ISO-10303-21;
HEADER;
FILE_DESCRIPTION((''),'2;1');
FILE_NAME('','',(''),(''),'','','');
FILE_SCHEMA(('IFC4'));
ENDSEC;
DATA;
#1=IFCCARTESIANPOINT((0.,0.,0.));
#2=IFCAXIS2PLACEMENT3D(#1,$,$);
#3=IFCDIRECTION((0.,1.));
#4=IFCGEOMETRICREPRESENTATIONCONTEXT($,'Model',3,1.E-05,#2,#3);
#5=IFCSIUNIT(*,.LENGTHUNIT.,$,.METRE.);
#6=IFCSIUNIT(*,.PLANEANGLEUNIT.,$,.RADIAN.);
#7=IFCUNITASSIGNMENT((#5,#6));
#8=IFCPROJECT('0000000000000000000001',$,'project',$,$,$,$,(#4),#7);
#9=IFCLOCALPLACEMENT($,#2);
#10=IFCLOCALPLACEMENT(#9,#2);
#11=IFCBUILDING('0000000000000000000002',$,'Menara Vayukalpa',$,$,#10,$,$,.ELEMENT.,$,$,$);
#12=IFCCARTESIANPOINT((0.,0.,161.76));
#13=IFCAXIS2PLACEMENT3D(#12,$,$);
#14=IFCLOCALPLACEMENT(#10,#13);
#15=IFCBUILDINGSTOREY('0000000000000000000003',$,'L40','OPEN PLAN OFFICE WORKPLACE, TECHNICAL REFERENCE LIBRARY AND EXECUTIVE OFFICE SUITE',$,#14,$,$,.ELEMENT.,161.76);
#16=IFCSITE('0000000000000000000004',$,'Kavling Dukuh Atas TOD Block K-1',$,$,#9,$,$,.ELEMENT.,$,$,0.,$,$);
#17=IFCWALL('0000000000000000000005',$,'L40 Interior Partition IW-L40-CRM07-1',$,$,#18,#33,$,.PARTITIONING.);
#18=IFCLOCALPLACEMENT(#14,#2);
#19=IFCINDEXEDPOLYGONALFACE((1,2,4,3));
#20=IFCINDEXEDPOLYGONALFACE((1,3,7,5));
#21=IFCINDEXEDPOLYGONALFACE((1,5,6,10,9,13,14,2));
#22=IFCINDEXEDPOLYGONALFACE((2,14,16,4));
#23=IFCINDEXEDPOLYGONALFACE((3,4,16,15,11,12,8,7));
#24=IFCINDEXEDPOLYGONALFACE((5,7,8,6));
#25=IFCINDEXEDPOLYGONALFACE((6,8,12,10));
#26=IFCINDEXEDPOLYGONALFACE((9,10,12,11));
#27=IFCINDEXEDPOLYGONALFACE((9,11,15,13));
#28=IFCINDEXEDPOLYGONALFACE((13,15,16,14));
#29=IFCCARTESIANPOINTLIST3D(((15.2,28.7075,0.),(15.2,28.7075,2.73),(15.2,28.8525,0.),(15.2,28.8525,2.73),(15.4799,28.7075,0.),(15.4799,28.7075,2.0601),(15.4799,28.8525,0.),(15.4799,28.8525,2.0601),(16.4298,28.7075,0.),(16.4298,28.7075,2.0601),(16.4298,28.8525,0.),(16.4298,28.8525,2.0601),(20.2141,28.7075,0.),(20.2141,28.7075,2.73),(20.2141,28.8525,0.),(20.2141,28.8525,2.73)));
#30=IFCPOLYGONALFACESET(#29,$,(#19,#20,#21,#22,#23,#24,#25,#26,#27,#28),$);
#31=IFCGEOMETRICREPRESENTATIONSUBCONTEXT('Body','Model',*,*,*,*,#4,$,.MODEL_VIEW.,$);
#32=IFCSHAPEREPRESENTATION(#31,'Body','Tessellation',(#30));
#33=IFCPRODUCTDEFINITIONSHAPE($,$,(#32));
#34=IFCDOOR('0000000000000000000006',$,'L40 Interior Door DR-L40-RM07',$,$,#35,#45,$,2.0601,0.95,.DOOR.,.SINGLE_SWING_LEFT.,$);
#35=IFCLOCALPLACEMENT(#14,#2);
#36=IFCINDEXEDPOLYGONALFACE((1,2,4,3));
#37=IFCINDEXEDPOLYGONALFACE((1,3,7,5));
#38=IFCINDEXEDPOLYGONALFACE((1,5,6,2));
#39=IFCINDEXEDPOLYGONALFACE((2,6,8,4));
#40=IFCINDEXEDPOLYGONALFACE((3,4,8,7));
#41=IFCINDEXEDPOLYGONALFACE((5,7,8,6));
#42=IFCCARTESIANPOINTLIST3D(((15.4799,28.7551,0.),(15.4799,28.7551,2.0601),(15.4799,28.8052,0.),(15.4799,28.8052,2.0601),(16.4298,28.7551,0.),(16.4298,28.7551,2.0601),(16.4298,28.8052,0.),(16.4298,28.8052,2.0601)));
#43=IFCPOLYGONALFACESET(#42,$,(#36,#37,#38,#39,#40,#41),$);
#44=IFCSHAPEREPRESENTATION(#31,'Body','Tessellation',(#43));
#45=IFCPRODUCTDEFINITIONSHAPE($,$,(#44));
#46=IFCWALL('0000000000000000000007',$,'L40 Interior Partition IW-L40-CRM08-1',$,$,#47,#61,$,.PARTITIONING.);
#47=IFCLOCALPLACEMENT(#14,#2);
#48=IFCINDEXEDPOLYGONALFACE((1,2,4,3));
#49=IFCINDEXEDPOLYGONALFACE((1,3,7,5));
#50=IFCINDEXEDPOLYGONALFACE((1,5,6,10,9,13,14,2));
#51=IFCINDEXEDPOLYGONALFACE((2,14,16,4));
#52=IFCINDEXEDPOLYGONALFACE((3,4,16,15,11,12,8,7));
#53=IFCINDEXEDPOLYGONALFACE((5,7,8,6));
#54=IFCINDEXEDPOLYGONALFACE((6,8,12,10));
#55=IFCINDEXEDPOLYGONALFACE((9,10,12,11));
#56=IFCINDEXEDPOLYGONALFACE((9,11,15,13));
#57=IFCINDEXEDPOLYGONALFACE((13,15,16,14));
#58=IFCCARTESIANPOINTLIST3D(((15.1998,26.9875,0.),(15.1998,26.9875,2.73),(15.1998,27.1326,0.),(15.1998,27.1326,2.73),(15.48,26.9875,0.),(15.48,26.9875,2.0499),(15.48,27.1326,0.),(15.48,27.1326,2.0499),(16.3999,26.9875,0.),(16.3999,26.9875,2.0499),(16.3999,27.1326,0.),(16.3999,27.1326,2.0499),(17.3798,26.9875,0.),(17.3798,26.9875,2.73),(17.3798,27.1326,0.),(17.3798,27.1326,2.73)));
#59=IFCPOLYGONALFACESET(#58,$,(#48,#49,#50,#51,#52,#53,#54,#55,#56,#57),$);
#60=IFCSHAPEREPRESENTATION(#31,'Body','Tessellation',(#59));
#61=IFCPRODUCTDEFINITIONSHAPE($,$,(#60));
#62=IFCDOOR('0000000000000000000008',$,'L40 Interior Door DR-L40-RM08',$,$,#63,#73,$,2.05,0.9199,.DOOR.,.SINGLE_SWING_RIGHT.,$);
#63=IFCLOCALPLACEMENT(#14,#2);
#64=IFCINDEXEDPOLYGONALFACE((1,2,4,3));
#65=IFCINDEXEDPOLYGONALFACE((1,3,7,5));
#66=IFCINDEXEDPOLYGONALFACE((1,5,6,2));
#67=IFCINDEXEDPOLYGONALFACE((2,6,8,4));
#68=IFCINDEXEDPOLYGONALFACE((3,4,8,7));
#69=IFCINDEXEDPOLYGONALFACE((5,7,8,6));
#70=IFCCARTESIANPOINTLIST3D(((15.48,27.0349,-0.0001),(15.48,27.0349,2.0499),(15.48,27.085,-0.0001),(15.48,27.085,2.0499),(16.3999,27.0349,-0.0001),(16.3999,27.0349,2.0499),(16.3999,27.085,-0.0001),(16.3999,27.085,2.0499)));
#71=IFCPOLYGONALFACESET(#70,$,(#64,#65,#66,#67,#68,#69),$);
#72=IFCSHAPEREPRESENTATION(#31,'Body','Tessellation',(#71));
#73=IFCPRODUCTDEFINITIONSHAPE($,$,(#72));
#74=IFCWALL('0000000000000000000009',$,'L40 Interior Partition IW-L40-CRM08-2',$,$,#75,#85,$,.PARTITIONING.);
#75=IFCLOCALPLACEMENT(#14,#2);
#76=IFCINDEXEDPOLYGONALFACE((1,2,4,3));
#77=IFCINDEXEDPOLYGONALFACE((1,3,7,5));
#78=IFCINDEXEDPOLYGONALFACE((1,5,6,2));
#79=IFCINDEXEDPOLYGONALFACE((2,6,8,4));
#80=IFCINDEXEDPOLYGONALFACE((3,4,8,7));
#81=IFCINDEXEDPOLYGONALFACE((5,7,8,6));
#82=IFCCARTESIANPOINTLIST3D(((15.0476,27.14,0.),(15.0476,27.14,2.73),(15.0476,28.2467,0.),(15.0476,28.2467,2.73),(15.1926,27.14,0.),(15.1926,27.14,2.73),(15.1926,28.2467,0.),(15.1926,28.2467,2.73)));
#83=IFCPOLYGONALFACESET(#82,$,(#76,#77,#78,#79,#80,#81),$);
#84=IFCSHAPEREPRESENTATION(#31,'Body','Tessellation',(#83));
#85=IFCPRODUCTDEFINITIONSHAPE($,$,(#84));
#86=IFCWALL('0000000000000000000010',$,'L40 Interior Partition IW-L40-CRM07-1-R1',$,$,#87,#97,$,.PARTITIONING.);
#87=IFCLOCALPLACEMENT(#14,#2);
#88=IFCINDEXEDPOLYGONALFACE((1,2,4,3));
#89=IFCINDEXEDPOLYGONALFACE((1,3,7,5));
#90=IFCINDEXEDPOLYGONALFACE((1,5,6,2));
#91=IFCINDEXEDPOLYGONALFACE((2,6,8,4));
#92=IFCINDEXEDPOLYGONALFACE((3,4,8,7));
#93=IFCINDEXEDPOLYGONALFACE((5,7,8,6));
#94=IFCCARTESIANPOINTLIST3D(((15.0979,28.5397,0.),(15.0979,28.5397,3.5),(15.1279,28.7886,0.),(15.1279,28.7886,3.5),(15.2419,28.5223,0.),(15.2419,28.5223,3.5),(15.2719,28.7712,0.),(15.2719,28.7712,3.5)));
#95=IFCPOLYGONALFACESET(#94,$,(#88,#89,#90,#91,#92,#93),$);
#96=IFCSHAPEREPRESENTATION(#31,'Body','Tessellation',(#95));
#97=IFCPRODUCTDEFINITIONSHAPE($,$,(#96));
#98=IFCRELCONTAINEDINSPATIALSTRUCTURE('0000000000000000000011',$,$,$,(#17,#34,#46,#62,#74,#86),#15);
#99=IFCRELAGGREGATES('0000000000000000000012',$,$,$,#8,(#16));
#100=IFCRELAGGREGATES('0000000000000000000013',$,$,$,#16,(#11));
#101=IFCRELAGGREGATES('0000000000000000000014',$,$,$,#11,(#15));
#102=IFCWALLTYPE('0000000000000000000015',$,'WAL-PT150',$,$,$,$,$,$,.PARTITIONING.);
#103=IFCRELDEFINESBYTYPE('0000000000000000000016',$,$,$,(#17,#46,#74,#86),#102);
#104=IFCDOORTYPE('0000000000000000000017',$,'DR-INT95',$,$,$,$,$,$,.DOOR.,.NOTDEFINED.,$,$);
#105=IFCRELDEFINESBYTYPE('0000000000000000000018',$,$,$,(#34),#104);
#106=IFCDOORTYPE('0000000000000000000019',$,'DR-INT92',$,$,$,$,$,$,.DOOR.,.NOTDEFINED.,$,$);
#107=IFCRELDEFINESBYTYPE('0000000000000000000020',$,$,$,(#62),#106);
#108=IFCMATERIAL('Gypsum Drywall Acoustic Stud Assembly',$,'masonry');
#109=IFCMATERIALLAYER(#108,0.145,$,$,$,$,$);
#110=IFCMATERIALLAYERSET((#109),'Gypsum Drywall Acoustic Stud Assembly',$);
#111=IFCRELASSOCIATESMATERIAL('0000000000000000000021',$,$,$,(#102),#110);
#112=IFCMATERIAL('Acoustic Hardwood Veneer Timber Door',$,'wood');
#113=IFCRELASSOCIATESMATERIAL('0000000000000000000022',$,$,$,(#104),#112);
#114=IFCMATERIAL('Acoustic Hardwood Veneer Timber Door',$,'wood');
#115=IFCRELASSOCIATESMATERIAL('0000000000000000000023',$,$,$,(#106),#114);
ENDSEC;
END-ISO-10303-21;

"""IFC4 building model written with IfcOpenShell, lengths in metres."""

from ifc_helpers import new_model, si_unit, direction, frame, frame_2d, origin, place, context, subcontext, project, spatial, rectangle, extrude, material, layer, layer_set, type_object, element, fill, save


model = new_model("IFC4")

# Units and contexts
model_context = context("Model", 3, precision=1e-05, world=origin(), true_north=direction((0.0, 1.0)))
body_context = subcontext(model_context, "Body", "Model", "MODEL_VIEW")
ifc_project = project(units=[si_unit("LENGTHUNIT", "METRE"), si_unit("PLANEANGLEUNIT", "RADIAN")], contexts=[model_context])

# Site, building, storey
site_placement = place(None, origin())
site = spatial("IfcSite", under=ifc_project, at=site_placement, Name="Kavling Dukuh Atas TOD Block K-1", CompositionType="ELEMENT", RefElevation=0.0)
building_placement = place(site_placement, origin())
building = spatial("IfcBuilding", under=site, at=building_placement, Name="Menara Vayukalpa", CompositionType="ELEMENT")
storey_placement = place(building_placement, frame((0.0, 0.0, 161.76)))
storey = spatial("IfcBuildingStorey", under=building, at=storey_placement, Name="L40", Description="OPEN PLAN OFFICE WORKPLACE, TECHNICAL REFERENCE LIBRARY AND EXECUTIVE OFFICE SUITE", CompositionType="ELEMENT", Elevation=161.76)

# Walls, openings, doors
ifc_material_1 = material(Name="Gypsum Drywall Acoustic Stud Assembly", Category="masonry")
ifc_layer_1 = layer(ifc_material_1, 0.145)
ifc_layer_set_1 = layer_set([ifc_layer_1], Name="Gypsum Drywall Acoustic Stud Assembly")
wall_type_1 = type_object("IfcWallType", Name="WAL-PT150", PredefinedType="PARTITIONING", material=ifc_layer_set_1)
wall_1_placement = place(storey_placement, frame((20.2141, 28.78, 0.0), z_axis=(0.0, 0.0, 1.0), x_axis=(-1.0, 0.0, 0.0)))
wall_1 = element("IfcWall", 1, at=wall_1_placement, inside=storey, type_object=wall_type_1, Name="L40 Interior Partition IW-L40-CRM07-1", PredefinedType="PARTITIONING", context=body_context, shape_type="SweptSolid", body=[
    extrude(rectangle(XDim=5.0142, YDim=0.145, at=frame_2d((2.5071, 0.0))), origin(), (0.0, 0.0, 1.0), 2.73),
])
opening_1_placement = place(wall_1_placement, frame((3.7842, 0.0, 0.0)))
opening_1 = element("IfcOpeningElement", 2, at=opening_1_placement, cuts=wall_1, PredefinedType="OPENING", context=body_context, shape_type="SweptSolid", body=[
    extrude(rectangle(XDim=0.95, YDim=2.0601, at=frame_2d((0.4751, 1.03))), frame((0.0, 0.0825, 0.0), z_axis=(0.0, -1.0, 0.0), x_axis=(1.0, 0.0, 0.0)), (0.0, 0.0, 1.0), 0.165),
])
ifc_material_2 = material(Name="Acoustic Hardwood Veneer Timber Door", Category="wood")
door_type_1 = type_object("IfcDoorType", Name="DR-INT95", OperationType="NOTDEFINED", PredefinedType="DOOR", material=ifc_material_2)
door_1_placement = place(opening_1_placement, origin())
door_1 = element("IfcDoor", 3, at=door_1_placement, inside=storey, type_object=door_type_1, Name="L40 Interior Door DR-L40-RM07", OperationType="SINGLE_SWING_LEFT", OverallHeight=2.0601, OverallWidth=0.95, PredefinedType="DOOR", context=body_context, shape_type="SweptSolid", body=[
    extrude(rectangle(XDim=0.95, YDim=2.0601, at=frame_2d((0.4751, 1.03))), frame((0.0, 0.0249, 0.0), z_axis=(0.0, -1.0, 0.0), x_axis=(1.0, 0.0, 0.0)), (0.0, 0.0, 1.0), 0.05),
])
fill(opening_1, door_1)
wall_2_placement = place(storey_placement, frame((15.2, 27.0601, 0.0), z_axis=(0.0, 0.0, 1.0), x_axis=(1.0, 0.0, 0.0)))
wall_2 = element("IfcWall", 4, at=wall_2_placement, inside=storey, type_object=wall_type_1, Name="L40 Interior Partition IW-L40-CRM08-1", PredefinedType="PARTITIONING", context=body_context, shape_type="SweptSolid", body=[
    extrude(rectangle(XDim=2.1799, YDim=0.145, at=frame_2d((1.0898, 0.0))), origin(), (0.0, 0.0, 1.0), 2.73),
])
opening_2_placement = place(wall_2_placement, frame((0.28, 0.0, 0.0)))
opening_2 = element("IfcOpeningElement", 5, at=opening_2_placement, cuts=wall_2, PredefinedType="OPENING", context=body_context, shape_type="SweptSolid", body=[
    extrude(rectangle(XDim=0.9199, YDim=2.05, at=frame_2d((0.46, 1.0249))), frame((0.0, 0.0825, 0.0), z_axis=(0.0, -1.0, 0.0), x_axis=(1.0, 0.0, 0.0)), (0.0, 0.0, 1.0), 0.165),
])
ifc_material_3 = material(Name="Acoustic Hardwood Veneer Timber Door", Category="wood")
door_type_2 = type_object("IfcDoorType", Name="DR-INT92", OperationType="NOTDEFINED", PredefinedType="DOOR", material=ifc_material_3)
door_2_placement = place(opening_2_placement, origin())
door_2 = element("IfcDoor", 6, at=door_2_placement, inside=storey, type_object=door_type_2, Name="L40 Interior Door DR-L40-RM08", OperationType="SINGLE_SWING_RIGHT", OverallHeight=2.05, OverallWidth=0.9199, PredefinedType="DOOR", context=body_context, shape_type="SweptSolid", body=[
    extrude(rectangle(XDim=0.9199, YDim=2.05, at=frame_2d((0.46, 1.0249))), frame((0.0, 0.0249, 0.0), z_axis=(0.0, -1.0, 0.0), x_axis=(1.0, 0.0, 0.0)), (0.0, 0.0, 1.0), 0.05),
])
fill(opening_2, door_2)

# Walls
wall_3_placement = place(storey_placement, frame((15.1201, 28.2466, 0.0), z_axis=(0.0, 0.0, 1.0), x_axis=(0.0, -1.0, 0.0)))
element("IfcWall", 7, at=wall_3_placement, inside=storey, type_object=wall_type_1, Name="L40 Interior Partition IW-L40-CRM08-2", PredefinedType="PARTITIONING", context=body_context, shape_type="SweptSolid", body=[
    extrude(rectangle(XDim=1.1067, YDim=0.145, at=frame_2d((0.5532, 0.0))), origin(), (0.0, 0.0, 1.0), 2.73),
])
wall_4_placement = place(storey_placement, frame((15.2, 28.78, 0.0), z_axis=(0.0, 0.0, 1.0), x_axis=(-0.119721, -0.992808, 0.0)))
element("IfcWall", 8, at=wall_4_placement, inside=storey, type_object=wall_type_1, Name="L40 Interior Partition IW-L40-CRM07-1-R1", PredefinedType="PARTITIONING", context=body_context, shape_type="SweptSolid", body=[
    extrude(rectangle(XDim=0.2507, YDim=0.145, at=frame_2d((0.1255, 0.0))), origin(), (0.0, 0.0, 1.0), 3.5),
])

save(model, "model.ifc")
